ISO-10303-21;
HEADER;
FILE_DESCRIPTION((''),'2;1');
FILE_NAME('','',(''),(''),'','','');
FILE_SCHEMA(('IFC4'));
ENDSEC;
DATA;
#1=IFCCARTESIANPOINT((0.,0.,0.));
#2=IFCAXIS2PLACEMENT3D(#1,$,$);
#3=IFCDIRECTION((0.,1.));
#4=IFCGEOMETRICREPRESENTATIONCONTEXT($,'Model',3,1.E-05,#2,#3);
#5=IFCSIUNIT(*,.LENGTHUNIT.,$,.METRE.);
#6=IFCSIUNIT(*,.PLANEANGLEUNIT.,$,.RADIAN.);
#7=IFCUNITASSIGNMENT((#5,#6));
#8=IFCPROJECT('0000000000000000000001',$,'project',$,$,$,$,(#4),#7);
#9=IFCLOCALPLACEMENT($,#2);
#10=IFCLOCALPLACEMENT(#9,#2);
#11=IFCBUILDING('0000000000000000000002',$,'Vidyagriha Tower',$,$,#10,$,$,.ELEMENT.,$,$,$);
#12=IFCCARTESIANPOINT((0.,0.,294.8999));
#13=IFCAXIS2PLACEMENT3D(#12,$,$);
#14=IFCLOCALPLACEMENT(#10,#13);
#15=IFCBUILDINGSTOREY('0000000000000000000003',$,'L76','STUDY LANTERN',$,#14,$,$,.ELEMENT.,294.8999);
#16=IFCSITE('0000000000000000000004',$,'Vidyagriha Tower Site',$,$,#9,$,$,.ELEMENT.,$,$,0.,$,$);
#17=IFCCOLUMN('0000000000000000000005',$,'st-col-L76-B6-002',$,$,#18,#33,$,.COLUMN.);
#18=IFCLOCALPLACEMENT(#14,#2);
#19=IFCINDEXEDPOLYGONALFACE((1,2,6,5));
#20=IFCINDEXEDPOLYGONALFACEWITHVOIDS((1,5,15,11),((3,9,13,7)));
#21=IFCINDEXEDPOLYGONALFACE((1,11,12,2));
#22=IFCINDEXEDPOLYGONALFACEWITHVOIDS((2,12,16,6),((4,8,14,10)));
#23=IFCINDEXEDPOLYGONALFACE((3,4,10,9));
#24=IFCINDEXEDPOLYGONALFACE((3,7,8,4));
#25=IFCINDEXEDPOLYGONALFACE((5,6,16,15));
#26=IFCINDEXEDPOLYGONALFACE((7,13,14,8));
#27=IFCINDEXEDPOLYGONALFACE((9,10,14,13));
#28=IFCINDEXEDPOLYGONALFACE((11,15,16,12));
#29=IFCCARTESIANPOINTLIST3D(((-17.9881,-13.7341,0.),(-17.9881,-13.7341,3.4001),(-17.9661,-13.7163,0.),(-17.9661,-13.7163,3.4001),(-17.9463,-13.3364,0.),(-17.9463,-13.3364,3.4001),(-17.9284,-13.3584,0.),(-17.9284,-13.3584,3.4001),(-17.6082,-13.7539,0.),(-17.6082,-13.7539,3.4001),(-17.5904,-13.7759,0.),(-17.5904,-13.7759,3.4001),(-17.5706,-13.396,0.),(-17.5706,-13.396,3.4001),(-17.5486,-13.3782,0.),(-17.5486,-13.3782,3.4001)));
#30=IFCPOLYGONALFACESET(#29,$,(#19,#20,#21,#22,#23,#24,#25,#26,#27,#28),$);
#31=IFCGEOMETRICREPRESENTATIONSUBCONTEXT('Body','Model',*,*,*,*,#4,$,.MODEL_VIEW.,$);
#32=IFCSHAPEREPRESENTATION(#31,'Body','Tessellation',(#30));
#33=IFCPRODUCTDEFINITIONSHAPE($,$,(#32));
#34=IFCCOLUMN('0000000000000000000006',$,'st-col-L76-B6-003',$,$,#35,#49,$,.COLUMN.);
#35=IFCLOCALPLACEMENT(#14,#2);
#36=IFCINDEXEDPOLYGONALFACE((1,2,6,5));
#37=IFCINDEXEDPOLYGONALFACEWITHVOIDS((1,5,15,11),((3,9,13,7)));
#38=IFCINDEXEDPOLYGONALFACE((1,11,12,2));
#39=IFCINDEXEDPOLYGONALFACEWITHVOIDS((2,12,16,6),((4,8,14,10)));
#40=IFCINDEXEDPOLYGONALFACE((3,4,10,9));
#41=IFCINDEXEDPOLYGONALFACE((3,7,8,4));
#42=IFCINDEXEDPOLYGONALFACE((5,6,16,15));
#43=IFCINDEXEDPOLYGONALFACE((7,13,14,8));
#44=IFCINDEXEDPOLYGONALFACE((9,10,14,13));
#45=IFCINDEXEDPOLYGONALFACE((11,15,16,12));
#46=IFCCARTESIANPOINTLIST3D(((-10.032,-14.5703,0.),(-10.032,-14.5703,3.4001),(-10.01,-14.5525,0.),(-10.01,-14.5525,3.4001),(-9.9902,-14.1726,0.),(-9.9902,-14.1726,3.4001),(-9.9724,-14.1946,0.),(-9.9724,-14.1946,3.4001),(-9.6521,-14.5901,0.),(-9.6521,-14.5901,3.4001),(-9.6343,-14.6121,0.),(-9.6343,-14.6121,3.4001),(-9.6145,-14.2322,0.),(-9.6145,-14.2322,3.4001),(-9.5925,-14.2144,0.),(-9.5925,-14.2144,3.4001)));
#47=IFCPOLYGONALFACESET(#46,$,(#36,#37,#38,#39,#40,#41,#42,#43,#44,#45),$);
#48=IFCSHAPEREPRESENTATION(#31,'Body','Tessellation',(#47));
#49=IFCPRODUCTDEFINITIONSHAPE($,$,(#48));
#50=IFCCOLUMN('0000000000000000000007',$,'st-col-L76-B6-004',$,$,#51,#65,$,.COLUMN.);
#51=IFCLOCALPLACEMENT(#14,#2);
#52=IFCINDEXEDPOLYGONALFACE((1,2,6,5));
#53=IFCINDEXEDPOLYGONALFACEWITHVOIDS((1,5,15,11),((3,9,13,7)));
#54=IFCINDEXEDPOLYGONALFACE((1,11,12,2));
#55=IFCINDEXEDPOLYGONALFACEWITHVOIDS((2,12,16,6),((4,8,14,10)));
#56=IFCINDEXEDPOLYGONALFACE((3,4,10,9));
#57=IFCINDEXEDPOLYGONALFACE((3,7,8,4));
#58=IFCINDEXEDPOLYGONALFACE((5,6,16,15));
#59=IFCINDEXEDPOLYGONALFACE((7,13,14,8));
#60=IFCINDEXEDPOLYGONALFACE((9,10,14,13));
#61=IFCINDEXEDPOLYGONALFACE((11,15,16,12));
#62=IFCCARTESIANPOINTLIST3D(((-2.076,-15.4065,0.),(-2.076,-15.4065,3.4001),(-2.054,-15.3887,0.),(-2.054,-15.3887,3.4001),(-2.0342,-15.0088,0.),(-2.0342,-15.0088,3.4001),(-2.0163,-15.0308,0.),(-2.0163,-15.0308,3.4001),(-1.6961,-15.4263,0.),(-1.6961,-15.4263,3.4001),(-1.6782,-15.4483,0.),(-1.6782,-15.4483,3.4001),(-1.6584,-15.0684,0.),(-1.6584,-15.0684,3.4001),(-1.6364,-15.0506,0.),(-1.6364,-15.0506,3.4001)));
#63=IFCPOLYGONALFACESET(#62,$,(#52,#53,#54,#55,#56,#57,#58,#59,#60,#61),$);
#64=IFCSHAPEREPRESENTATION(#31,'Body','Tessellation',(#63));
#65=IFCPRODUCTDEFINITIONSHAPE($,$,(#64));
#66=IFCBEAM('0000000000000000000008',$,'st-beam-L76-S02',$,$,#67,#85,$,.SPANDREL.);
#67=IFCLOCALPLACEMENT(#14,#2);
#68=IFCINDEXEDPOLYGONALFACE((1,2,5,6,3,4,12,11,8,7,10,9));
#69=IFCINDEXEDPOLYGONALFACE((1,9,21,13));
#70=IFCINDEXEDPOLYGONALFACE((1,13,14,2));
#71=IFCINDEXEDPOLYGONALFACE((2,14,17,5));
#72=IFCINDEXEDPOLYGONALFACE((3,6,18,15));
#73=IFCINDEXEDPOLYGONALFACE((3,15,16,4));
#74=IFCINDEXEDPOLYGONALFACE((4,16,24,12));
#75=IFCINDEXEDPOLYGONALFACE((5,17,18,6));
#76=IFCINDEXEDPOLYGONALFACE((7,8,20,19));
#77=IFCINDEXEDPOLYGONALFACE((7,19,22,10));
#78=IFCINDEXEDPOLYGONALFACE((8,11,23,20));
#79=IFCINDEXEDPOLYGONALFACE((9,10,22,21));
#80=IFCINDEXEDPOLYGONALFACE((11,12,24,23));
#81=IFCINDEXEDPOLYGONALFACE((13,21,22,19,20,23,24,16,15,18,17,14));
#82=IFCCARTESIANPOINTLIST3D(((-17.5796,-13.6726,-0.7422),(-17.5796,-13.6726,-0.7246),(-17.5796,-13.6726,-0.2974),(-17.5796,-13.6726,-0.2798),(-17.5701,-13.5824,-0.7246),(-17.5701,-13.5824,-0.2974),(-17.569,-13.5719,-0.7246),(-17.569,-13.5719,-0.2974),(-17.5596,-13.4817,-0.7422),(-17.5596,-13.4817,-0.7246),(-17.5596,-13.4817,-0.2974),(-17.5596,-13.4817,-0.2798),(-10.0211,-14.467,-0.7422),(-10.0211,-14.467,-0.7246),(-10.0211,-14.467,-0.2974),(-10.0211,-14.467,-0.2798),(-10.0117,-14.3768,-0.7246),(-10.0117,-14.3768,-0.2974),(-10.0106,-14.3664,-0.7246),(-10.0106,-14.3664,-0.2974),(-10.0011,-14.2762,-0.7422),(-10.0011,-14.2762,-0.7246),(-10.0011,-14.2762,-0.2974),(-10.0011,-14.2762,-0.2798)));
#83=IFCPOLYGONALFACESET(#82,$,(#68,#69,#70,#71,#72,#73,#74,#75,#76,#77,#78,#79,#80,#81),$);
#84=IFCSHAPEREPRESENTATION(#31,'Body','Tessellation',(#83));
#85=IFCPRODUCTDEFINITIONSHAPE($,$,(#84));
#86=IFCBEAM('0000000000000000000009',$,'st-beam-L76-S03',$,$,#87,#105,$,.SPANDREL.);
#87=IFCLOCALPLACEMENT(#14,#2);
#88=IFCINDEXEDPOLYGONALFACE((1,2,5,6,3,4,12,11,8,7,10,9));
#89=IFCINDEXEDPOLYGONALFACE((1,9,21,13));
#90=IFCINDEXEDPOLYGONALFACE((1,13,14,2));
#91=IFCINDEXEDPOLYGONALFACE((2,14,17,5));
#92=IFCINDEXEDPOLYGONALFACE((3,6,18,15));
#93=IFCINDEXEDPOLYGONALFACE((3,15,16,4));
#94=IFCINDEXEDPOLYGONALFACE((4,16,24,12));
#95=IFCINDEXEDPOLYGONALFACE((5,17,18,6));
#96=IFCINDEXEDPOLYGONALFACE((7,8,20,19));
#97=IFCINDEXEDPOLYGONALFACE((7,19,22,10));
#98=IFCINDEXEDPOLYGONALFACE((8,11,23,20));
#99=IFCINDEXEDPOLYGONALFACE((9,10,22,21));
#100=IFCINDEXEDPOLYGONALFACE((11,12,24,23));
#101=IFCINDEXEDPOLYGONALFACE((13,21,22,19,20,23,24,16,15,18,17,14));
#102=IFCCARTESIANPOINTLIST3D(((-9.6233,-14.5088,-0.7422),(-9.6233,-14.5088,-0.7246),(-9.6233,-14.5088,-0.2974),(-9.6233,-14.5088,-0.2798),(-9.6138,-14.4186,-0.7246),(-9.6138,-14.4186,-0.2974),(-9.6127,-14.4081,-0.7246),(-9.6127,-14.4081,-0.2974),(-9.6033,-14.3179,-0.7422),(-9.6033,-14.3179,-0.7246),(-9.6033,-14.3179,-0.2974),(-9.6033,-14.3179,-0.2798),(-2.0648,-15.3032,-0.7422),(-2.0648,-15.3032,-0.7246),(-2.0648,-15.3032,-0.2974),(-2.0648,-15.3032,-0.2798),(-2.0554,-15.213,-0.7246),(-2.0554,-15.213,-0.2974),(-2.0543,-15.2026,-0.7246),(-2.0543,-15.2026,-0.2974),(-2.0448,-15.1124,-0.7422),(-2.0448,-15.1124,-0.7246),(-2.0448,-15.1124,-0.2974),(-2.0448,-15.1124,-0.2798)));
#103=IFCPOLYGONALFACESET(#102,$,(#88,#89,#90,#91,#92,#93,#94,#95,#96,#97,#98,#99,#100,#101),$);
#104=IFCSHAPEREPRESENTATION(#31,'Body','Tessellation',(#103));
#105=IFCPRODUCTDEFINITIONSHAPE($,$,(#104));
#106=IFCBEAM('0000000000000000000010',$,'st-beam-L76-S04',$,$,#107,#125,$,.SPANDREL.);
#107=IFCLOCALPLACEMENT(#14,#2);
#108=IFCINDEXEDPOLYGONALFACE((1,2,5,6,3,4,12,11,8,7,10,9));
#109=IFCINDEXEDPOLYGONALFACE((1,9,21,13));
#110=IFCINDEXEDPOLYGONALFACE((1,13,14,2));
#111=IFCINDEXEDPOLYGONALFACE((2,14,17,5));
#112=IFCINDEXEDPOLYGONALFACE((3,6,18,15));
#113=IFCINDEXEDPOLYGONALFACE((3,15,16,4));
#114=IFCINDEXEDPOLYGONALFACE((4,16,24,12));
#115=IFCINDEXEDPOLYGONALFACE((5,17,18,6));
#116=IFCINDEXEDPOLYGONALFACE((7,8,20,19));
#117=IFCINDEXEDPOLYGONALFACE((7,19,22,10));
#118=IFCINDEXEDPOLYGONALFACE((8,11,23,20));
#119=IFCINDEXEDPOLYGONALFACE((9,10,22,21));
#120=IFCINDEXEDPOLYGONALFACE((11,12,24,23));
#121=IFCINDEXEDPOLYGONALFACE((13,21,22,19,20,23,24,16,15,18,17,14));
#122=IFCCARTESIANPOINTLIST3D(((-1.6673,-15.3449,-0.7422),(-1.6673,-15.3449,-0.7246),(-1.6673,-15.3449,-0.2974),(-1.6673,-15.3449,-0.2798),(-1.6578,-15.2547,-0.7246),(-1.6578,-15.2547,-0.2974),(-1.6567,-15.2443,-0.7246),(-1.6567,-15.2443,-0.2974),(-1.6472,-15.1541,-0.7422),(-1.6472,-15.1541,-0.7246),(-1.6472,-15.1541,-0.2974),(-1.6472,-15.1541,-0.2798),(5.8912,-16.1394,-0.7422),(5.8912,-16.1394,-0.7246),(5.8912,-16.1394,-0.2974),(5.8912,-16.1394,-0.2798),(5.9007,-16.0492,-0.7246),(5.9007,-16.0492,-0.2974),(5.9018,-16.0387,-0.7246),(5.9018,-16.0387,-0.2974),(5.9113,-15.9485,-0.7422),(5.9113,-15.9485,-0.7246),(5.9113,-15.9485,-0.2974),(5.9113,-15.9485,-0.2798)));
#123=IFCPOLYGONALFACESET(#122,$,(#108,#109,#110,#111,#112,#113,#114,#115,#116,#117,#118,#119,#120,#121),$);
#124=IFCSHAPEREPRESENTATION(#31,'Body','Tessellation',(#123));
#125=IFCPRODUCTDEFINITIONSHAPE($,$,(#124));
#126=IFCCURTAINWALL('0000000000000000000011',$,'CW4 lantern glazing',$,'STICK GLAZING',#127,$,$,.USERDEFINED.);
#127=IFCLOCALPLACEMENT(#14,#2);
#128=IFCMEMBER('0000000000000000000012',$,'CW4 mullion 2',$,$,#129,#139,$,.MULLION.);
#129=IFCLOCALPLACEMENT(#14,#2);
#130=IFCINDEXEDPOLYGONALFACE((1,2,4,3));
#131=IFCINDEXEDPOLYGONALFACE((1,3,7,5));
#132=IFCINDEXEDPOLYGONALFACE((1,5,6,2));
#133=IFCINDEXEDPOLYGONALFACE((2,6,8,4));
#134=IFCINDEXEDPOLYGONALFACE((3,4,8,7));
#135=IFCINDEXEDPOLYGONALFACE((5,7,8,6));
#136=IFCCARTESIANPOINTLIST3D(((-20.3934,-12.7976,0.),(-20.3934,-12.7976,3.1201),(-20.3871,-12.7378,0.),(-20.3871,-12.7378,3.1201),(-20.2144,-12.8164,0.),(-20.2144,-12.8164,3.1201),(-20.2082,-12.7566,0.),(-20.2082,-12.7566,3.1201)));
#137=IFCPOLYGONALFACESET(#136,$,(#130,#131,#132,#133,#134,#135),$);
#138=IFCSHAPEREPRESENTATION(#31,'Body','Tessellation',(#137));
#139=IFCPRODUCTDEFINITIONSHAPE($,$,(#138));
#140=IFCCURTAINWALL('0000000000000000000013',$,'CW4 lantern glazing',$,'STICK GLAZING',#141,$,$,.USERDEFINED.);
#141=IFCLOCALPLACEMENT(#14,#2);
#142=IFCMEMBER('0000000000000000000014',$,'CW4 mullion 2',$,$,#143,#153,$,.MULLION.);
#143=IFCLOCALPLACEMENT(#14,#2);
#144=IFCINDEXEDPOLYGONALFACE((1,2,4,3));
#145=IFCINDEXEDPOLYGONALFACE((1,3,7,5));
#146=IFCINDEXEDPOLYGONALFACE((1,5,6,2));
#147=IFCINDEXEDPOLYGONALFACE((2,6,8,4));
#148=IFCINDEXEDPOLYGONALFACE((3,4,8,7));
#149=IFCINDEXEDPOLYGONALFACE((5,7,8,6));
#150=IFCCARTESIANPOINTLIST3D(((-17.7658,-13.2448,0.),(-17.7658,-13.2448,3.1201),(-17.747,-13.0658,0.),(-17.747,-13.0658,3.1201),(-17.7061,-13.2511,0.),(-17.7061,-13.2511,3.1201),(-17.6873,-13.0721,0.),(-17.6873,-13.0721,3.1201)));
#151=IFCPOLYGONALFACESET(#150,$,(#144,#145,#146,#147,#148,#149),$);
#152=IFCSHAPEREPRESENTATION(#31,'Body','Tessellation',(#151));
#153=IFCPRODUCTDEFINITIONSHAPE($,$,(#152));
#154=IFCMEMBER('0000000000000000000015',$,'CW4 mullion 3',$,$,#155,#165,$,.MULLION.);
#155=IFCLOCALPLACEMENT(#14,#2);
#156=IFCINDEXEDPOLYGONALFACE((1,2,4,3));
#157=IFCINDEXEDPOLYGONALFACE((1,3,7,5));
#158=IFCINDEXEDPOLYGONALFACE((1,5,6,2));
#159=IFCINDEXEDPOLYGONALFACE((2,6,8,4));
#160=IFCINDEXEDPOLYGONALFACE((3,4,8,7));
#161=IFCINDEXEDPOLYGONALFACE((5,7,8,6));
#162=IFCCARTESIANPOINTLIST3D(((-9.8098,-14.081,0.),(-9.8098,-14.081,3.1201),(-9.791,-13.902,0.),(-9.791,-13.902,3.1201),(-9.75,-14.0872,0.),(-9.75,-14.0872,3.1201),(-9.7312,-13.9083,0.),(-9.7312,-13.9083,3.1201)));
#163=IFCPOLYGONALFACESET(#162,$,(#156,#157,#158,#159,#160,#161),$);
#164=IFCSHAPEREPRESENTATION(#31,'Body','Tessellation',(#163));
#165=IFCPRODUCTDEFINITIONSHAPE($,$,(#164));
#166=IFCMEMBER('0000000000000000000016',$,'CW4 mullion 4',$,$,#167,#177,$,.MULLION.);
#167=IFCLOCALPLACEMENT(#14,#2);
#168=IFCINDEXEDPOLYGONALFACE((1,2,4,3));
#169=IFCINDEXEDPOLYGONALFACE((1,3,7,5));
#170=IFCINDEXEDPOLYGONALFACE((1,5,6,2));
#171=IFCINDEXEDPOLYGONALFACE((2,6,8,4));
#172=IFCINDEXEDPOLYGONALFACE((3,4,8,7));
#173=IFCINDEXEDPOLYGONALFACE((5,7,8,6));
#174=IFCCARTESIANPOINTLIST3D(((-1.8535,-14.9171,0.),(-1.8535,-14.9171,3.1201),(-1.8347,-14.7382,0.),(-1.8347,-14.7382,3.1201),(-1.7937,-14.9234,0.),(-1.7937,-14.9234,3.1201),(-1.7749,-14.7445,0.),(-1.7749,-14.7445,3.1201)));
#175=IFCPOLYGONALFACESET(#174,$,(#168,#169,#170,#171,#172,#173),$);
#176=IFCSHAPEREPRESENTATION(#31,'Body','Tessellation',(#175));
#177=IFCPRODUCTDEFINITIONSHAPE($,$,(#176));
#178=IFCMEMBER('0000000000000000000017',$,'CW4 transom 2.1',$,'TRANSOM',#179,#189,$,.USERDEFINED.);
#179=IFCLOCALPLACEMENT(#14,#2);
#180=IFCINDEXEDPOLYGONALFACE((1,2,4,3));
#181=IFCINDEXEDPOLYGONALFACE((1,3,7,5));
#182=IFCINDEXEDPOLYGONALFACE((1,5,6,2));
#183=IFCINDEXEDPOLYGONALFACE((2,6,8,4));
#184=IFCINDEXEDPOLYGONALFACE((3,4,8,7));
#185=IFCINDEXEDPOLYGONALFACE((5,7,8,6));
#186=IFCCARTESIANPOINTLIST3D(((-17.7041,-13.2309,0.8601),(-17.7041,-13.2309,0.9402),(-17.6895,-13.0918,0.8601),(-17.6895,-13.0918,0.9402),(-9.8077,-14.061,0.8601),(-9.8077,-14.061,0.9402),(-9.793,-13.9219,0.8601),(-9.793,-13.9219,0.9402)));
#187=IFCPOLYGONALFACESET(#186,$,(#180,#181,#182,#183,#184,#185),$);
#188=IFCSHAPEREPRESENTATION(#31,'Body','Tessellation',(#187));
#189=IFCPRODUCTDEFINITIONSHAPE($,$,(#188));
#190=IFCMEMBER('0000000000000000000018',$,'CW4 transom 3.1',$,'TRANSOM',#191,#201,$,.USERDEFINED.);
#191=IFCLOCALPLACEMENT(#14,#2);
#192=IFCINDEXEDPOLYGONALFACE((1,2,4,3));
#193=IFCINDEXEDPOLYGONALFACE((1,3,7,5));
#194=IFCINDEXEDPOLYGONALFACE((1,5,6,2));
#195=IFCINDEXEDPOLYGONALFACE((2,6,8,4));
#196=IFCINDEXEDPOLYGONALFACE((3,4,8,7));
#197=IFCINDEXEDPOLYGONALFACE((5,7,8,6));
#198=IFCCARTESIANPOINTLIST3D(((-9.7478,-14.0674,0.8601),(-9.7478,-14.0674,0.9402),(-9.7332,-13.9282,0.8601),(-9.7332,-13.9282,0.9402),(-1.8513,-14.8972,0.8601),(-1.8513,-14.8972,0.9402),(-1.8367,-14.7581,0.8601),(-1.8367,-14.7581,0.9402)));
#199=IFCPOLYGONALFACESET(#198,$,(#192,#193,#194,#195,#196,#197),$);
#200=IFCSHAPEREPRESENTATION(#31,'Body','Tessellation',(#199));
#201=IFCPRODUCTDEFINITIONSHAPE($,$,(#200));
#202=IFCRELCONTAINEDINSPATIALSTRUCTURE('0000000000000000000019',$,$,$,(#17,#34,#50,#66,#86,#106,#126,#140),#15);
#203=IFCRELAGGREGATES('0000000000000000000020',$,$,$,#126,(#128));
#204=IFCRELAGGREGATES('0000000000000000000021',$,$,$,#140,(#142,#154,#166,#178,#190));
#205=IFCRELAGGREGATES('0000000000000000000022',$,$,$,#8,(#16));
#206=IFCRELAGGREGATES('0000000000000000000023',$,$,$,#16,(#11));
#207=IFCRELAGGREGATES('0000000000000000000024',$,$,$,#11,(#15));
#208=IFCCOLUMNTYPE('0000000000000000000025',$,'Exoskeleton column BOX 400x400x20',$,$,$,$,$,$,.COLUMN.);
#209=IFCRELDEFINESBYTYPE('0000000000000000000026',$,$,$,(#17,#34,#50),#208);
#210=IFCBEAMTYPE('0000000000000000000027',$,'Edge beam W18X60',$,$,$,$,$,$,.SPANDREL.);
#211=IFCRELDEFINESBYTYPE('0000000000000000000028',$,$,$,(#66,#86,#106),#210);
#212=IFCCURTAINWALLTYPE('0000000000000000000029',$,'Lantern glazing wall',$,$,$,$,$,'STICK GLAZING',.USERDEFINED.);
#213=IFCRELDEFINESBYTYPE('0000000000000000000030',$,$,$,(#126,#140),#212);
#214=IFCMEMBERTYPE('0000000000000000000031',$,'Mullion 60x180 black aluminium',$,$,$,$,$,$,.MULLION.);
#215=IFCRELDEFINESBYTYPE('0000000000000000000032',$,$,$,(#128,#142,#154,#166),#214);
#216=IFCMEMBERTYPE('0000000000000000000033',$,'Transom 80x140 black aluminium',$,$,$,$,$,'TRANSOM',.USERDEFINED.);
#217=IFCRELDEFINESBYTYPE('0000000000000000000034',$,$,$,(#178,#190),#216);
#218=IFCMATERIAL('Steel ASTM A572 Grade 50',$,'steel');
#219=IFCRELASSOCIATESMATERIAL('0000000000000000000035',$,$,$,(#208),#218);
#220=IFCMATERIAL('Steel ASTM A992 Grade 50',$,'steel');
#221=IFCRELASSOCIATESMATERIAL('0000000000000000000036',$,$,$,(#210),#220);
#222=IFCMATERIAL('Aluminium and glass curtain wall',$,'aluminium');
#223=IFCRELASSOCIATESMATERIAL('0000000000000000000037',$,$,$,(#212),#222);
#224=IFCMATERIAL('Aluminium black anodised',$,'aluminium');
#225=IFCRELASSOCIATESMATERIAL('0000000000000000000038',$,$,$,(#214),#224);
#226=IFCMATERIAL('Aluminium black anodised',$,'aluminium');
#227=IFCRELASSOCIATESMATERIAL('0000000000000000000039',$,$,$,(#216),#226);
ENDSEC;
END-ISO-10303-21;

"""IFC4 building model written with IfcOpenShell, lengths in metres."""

from ifc_helpers import new_model, si_unit, direction, frame, origin, origin_2d, place, context, subcontext, project, spatial, rectangle, hollow_rectangle, i_section, extrude, material, material_profile, profile_set, type_object, element, aggregate, save


model = new_model("IFC4")

# Units and contexts
model_context = context("Model", 3, precision=1e-05, world=origin(), true_north=direction((0.0, 1.0)))
body_context = subcontext(model_context, "Body", "Model", "MODEL_VIEW")
ifc_project = project(units=[si_unit("LENGTHUNIT", "METRE"), si_unit("PLANEANGLEUNIT", "RADIAN")], contexts=[model_context])

# Site, building, storey
site_placement = place(None, origin())
site = spatial("IfcSite", under=ifc_project, at=site_placement, Name="Vidyagriha Tower Site", CompositionType="ELEMENT", RefElevation=0.0)
building_placement = place(site_placement, origin())
building = spatial("IfcBuilding", under=site, at=building_placement, Name="Vidyagriha Tower", CompositionType="ELEMENT")
storey_placement = place(building_placement, frame((0.0, 0.0, 294.8999)))
storey = spatial("IfcBuildingStorey", under=building, at=storey_placement, Name="L76", Description="STUDY LANTERN", CompositionType="ELEMENT", Elevation=294.8999)

# Columns
ifc_material_1 = material(Name="Steel ASTM A572 Grade 50", Category="steel")
ifc_material_profile_1 = material_profile(ifc_material_1, hollow_rectangle(XDim=0.3999, YDim=0.3999, WallThickness=0.02, at=origin_2d()), Name="BOX 400x400x20")
ifc_profile_set_1 = profile_set([ifc_material_profile_1], Name="Steel ASTM A572 Grade 50")
column_type = type_object("IfcColumnType", Name="Exoskeleton column BOX 400x400x20", PredefinedType="COLUMN", material=ifc_profile_set_1)
for number, where, z_axis, x_axis, name in (
    (1, (-17.7683, -13.5562, 0.0), (0.0, 0.0, 1.0), (0.994522, -0.104528, 0.0), "st-col-L76-B6-002"),
    (2, (-9.8123, -14.3923, 0.0), (0.0, 0.0, 1.0), (0.994522, -0.104528, 0.0), "st-col-L76-B6-003"),
    (3, (-1.8562, -15.2285, 0.0), (0.0, 0.0, 1.0), (0.994522, -0.104528, 0.0), "st-col-L76-B6-004"),
):
    element("IfcColumn", number, at=place(storey_placement, frame(where, z_axis=z_axis, x_axis=x_axis)), inside=storey, type_object=column_type, Name=name, PredefinedType="COLUMN", context=body_context, shape_type="SweptSolid", body=[
        extrude(hollow_rectangle(XDim=0.3999, YDim=0.3999, WallThickness=0.02, at=origin_2d()), origin(), (0.0, 0.0, 1.0), 3.4001),
    ])

# Beams
ifc_material_2 = material(Name="Steel ASTM A992 Grade 50", Category="steel")
ifc_material_profile_2 = material_profile(ifc_material_2, i_section(OverallWidth=0.1919, OverallDepth=0.4624, WebThickness=0.0105, FlangeThickness=0.0176, at=origin_2d()), Name="W18X60")
ifc_profile_set_2 = profile_set([ifc_material_profile_2], Name="Steel ASTM A992 Grade 50")
beam_type = type_object("IfcBeamType", Name="Edge beam W18X60", PredefinedType="SPANDREL", material=ifc_profile_set_2)
for number, where, z_axis, x_axis, name in (
    (4, (-17.5696, -13.5771, -0.511), (0.994522, -0.104531, 0.0), (0.104531, 0.994522, 0.0), "st-beam-L76-S02"),
    (5, (-9.6133, -14.4133, -0.511), (0.994522, -0.104531, 0.0), (0.104531, 0.994522, 0.0), "st-beam-L76-S03"),
    (6, (-1.6572, -15.2495, -0.511), (0.994522, -0.104531, 0.0), (0.104531, 0.994522, 0.0), "st-beam-L76-S04"),
):
    element("IfcBeam", number, at=place(storey_placement, frame(where, z_axis=z_axis, x_axis=x_axis)), inside=storey, type_object=beam_type, Name=name, PredefinedType="SPANDREL", context=body_context, shape_type="SweptSolid", body=[
        extrude(i_section(OverallWidth=0.1919, OverallDepth=0.4624, WebThickness=0.0105, FlangeThickness=0.0176, at=origin_2d()), origin(), (0.0, 0.0, 1.0), 7.6001),
    ])

# Curtain wall, member
ifc_material_3 = material(Name="Aluminium and glass curtain wall", Category="aluminium")
curtain_wall_type = type_object("IfcCurtainWallType", Name="Lantern glazing wall", ElementType="STICK GLAZING", PredefinedType="USERDEFINED", material=ifc_material_3)
curtain_wall_1_placement = place(storey_placement, origin())
curtain_wall_1 = element("IfcCurtainWall", 7, at=curtain_wall_1_placement, inside=storey, type_object=curtain_wall_type, Name="CW4 lantern glazing", ObjectType="STICK GLAZING", PredefinedType="USERDEFINED")
ifc_material_4 = material(Name="Aluminium black anodised", Category="aluminium")
ifc_material_profile_3 = material_profile(ifc_material_4, rectangle(XDim=0.1799, YDim=0.0601, at=origin_2d()), Name="Mullion 60x180 black aluminium")
ifc_profile_set_3 = profile_set([ifc_material_profile_3], Name="Aluminium black anodised")
member_type_1 = type_object("IfcMemberType", Name="Mullion 60x180 black aluminium", PredefinedType="MULLION", material=ifc_profile_set_3)
member_1_placement = place(storey_placement, frame((-20.3008, -12.7771, 0.0), z_axis=(0.0, 0.0, 1.0), x_axis=(0.994519, -0.104557, 0.0)))
member_1 = element("IfcMember", 8, at=member_1_placement, type_object=member_type_1, Name="CW4 mullion 2", PredefinedType="MULLION", context=body_context, shape_type="SweptSolid", body=[
    extrude(rectangle(XDim=0.1799, YDim=0.0601, at=origin_2d()), origin(), (0.0, 0.0, 1.0), 3.1201),
])

# Curtain wall, members
curtain_wall_2_placement = place(storey_placement, origin())
curtain_wall_2 = element("IfcCurtainWall", 9, at=curtain_wall_2_placement, inside=storey, type_object=curtain_wall_type, Name="CW4 lantern glazing", ObjectType="STICK GLAZING", PredefinedType="USERDEFINED")
member_2_placement = place(storey_placement, frame((-17.7266, -13.1584, 0.0), z_axis=(0.0, 0.0, 1.0), x_axis=(0.104528, 0.994522, 0.0)))
member_2 = element("IfcMember", 10, at=member_2_placement, type_object=member_type_1, Name="CW4 mullion 2", PredefinedType="MULLION", context=body_context, shape_type="SweptSolid", body=[
    extrude(rectangle(XDim=0.1799, YDim=0.0601, at=origin_2d()), origin(), (0.0, 0.0, 1.0), 3.1201),
])
member_3_placement = place(storey_placement, frame((-9.7705, -13.9946, 0.0), z_axis=(0.0, 0.0, 1.0), x_axis=(0.104528, 0.994522, 0.0)))
member_3 = element("IfcMember", 11, at=member_3_placement, type_object=member_type_1, Name="CW4 mullion 3", PredefinedType="MULLION", context=body_context, shape_type="SweptSolid", body=[
    extrude(rectangle(XDim=0.1799, YDim=0.0601, at=origin_2d()), origin(), (0.0, 0.0, 1.0), 3.1201),
])
member_4_placement = place(storey_placement, frame((-1.8142, -14.8308, 0.0), z_axis=(0.0, 0.0, 1.0), x_axis=(0.104528, 0.994522, 0.0)))
member_4 = element("IfcMember", 12, at=member_4_placement, type_object=member_type_1, Name="CW4 mullion 4", PredefinedType="MULLION", context=body_context, shape_type="SweptSolid", body=[
    extrude(rectangle(XDim=0.1799, YDim=0.0601, at=origin_2d()), origin(), (0.0, 0.0, 1.0), 3.1201),
])
ifc_material_5 = material(Name="Aluminium black anodised", Category="aluminium")
ifc_material_profile_4 = material_profile(ifc_material_5, rectangle(XDim=0.1399, YDim=0.0801, at=origin_2d()), Name="Transom 80x140 black aluminium")
ifc_profile_set_4 = profile_set([ifc_material_profile_4], Name="Aluminium black anodised")
member_type_2 = type_object("IfcMemberType", Name="Transom 80x140 black aluminium", ElementType="TRANSOM", PredefinedType="USERDEFINED", material=ifc_profile_set_4)
member_5_placement = place(storey_placement, frame((-17.6968, -13.1614, 0.9001), z_axis=(0.99452, -0.104544, 0.0), x_axis=(0.104544, 0.99452, 0.0)))
member_5 = element("IfcMember", 13, at=member_5_placement, type_object=member_type_2, Name="CW4 transom 2.1", ObjectType="TRANSOM", PredefinedType="USERDEFINED", context=body_context, shape_type="SweptSolid", body=[
    extrude(rectangle(XDim=0.1399, YDim=0.0801, at=origin_2d()), origin(), (0.0, 0.0, 1.0), 7.9399),
])
member_6_placement = place(storey_placement, frame((-9.7405, -13.9978, 0.9001), z_axis=(0.994523, -0.104514, 0.0), x_axis=(0.104514, 0.994523, 0.0)))
member_6 = element("IfcMember", 14, at=member_6_placement, type_object=member_type_2, Name="CW4 transom 3.1", ObjectType="TRANSOM", PredefinedType="USERDEFINED", context=body_context, shape_type="SweptSolid", body=[
    extrude(rectangle(XDim=0.1399, YDim=0.0801, at=origin_2d()), origin(), (0.0, 0.0, 1.0), 7.9399),
])

aggregate(curtain_wall_1, [member_1])
aggregate(curtain_wall_2, [member_2, member_3, member_4, member_5, member_6])

save(model, "model.ifc")
